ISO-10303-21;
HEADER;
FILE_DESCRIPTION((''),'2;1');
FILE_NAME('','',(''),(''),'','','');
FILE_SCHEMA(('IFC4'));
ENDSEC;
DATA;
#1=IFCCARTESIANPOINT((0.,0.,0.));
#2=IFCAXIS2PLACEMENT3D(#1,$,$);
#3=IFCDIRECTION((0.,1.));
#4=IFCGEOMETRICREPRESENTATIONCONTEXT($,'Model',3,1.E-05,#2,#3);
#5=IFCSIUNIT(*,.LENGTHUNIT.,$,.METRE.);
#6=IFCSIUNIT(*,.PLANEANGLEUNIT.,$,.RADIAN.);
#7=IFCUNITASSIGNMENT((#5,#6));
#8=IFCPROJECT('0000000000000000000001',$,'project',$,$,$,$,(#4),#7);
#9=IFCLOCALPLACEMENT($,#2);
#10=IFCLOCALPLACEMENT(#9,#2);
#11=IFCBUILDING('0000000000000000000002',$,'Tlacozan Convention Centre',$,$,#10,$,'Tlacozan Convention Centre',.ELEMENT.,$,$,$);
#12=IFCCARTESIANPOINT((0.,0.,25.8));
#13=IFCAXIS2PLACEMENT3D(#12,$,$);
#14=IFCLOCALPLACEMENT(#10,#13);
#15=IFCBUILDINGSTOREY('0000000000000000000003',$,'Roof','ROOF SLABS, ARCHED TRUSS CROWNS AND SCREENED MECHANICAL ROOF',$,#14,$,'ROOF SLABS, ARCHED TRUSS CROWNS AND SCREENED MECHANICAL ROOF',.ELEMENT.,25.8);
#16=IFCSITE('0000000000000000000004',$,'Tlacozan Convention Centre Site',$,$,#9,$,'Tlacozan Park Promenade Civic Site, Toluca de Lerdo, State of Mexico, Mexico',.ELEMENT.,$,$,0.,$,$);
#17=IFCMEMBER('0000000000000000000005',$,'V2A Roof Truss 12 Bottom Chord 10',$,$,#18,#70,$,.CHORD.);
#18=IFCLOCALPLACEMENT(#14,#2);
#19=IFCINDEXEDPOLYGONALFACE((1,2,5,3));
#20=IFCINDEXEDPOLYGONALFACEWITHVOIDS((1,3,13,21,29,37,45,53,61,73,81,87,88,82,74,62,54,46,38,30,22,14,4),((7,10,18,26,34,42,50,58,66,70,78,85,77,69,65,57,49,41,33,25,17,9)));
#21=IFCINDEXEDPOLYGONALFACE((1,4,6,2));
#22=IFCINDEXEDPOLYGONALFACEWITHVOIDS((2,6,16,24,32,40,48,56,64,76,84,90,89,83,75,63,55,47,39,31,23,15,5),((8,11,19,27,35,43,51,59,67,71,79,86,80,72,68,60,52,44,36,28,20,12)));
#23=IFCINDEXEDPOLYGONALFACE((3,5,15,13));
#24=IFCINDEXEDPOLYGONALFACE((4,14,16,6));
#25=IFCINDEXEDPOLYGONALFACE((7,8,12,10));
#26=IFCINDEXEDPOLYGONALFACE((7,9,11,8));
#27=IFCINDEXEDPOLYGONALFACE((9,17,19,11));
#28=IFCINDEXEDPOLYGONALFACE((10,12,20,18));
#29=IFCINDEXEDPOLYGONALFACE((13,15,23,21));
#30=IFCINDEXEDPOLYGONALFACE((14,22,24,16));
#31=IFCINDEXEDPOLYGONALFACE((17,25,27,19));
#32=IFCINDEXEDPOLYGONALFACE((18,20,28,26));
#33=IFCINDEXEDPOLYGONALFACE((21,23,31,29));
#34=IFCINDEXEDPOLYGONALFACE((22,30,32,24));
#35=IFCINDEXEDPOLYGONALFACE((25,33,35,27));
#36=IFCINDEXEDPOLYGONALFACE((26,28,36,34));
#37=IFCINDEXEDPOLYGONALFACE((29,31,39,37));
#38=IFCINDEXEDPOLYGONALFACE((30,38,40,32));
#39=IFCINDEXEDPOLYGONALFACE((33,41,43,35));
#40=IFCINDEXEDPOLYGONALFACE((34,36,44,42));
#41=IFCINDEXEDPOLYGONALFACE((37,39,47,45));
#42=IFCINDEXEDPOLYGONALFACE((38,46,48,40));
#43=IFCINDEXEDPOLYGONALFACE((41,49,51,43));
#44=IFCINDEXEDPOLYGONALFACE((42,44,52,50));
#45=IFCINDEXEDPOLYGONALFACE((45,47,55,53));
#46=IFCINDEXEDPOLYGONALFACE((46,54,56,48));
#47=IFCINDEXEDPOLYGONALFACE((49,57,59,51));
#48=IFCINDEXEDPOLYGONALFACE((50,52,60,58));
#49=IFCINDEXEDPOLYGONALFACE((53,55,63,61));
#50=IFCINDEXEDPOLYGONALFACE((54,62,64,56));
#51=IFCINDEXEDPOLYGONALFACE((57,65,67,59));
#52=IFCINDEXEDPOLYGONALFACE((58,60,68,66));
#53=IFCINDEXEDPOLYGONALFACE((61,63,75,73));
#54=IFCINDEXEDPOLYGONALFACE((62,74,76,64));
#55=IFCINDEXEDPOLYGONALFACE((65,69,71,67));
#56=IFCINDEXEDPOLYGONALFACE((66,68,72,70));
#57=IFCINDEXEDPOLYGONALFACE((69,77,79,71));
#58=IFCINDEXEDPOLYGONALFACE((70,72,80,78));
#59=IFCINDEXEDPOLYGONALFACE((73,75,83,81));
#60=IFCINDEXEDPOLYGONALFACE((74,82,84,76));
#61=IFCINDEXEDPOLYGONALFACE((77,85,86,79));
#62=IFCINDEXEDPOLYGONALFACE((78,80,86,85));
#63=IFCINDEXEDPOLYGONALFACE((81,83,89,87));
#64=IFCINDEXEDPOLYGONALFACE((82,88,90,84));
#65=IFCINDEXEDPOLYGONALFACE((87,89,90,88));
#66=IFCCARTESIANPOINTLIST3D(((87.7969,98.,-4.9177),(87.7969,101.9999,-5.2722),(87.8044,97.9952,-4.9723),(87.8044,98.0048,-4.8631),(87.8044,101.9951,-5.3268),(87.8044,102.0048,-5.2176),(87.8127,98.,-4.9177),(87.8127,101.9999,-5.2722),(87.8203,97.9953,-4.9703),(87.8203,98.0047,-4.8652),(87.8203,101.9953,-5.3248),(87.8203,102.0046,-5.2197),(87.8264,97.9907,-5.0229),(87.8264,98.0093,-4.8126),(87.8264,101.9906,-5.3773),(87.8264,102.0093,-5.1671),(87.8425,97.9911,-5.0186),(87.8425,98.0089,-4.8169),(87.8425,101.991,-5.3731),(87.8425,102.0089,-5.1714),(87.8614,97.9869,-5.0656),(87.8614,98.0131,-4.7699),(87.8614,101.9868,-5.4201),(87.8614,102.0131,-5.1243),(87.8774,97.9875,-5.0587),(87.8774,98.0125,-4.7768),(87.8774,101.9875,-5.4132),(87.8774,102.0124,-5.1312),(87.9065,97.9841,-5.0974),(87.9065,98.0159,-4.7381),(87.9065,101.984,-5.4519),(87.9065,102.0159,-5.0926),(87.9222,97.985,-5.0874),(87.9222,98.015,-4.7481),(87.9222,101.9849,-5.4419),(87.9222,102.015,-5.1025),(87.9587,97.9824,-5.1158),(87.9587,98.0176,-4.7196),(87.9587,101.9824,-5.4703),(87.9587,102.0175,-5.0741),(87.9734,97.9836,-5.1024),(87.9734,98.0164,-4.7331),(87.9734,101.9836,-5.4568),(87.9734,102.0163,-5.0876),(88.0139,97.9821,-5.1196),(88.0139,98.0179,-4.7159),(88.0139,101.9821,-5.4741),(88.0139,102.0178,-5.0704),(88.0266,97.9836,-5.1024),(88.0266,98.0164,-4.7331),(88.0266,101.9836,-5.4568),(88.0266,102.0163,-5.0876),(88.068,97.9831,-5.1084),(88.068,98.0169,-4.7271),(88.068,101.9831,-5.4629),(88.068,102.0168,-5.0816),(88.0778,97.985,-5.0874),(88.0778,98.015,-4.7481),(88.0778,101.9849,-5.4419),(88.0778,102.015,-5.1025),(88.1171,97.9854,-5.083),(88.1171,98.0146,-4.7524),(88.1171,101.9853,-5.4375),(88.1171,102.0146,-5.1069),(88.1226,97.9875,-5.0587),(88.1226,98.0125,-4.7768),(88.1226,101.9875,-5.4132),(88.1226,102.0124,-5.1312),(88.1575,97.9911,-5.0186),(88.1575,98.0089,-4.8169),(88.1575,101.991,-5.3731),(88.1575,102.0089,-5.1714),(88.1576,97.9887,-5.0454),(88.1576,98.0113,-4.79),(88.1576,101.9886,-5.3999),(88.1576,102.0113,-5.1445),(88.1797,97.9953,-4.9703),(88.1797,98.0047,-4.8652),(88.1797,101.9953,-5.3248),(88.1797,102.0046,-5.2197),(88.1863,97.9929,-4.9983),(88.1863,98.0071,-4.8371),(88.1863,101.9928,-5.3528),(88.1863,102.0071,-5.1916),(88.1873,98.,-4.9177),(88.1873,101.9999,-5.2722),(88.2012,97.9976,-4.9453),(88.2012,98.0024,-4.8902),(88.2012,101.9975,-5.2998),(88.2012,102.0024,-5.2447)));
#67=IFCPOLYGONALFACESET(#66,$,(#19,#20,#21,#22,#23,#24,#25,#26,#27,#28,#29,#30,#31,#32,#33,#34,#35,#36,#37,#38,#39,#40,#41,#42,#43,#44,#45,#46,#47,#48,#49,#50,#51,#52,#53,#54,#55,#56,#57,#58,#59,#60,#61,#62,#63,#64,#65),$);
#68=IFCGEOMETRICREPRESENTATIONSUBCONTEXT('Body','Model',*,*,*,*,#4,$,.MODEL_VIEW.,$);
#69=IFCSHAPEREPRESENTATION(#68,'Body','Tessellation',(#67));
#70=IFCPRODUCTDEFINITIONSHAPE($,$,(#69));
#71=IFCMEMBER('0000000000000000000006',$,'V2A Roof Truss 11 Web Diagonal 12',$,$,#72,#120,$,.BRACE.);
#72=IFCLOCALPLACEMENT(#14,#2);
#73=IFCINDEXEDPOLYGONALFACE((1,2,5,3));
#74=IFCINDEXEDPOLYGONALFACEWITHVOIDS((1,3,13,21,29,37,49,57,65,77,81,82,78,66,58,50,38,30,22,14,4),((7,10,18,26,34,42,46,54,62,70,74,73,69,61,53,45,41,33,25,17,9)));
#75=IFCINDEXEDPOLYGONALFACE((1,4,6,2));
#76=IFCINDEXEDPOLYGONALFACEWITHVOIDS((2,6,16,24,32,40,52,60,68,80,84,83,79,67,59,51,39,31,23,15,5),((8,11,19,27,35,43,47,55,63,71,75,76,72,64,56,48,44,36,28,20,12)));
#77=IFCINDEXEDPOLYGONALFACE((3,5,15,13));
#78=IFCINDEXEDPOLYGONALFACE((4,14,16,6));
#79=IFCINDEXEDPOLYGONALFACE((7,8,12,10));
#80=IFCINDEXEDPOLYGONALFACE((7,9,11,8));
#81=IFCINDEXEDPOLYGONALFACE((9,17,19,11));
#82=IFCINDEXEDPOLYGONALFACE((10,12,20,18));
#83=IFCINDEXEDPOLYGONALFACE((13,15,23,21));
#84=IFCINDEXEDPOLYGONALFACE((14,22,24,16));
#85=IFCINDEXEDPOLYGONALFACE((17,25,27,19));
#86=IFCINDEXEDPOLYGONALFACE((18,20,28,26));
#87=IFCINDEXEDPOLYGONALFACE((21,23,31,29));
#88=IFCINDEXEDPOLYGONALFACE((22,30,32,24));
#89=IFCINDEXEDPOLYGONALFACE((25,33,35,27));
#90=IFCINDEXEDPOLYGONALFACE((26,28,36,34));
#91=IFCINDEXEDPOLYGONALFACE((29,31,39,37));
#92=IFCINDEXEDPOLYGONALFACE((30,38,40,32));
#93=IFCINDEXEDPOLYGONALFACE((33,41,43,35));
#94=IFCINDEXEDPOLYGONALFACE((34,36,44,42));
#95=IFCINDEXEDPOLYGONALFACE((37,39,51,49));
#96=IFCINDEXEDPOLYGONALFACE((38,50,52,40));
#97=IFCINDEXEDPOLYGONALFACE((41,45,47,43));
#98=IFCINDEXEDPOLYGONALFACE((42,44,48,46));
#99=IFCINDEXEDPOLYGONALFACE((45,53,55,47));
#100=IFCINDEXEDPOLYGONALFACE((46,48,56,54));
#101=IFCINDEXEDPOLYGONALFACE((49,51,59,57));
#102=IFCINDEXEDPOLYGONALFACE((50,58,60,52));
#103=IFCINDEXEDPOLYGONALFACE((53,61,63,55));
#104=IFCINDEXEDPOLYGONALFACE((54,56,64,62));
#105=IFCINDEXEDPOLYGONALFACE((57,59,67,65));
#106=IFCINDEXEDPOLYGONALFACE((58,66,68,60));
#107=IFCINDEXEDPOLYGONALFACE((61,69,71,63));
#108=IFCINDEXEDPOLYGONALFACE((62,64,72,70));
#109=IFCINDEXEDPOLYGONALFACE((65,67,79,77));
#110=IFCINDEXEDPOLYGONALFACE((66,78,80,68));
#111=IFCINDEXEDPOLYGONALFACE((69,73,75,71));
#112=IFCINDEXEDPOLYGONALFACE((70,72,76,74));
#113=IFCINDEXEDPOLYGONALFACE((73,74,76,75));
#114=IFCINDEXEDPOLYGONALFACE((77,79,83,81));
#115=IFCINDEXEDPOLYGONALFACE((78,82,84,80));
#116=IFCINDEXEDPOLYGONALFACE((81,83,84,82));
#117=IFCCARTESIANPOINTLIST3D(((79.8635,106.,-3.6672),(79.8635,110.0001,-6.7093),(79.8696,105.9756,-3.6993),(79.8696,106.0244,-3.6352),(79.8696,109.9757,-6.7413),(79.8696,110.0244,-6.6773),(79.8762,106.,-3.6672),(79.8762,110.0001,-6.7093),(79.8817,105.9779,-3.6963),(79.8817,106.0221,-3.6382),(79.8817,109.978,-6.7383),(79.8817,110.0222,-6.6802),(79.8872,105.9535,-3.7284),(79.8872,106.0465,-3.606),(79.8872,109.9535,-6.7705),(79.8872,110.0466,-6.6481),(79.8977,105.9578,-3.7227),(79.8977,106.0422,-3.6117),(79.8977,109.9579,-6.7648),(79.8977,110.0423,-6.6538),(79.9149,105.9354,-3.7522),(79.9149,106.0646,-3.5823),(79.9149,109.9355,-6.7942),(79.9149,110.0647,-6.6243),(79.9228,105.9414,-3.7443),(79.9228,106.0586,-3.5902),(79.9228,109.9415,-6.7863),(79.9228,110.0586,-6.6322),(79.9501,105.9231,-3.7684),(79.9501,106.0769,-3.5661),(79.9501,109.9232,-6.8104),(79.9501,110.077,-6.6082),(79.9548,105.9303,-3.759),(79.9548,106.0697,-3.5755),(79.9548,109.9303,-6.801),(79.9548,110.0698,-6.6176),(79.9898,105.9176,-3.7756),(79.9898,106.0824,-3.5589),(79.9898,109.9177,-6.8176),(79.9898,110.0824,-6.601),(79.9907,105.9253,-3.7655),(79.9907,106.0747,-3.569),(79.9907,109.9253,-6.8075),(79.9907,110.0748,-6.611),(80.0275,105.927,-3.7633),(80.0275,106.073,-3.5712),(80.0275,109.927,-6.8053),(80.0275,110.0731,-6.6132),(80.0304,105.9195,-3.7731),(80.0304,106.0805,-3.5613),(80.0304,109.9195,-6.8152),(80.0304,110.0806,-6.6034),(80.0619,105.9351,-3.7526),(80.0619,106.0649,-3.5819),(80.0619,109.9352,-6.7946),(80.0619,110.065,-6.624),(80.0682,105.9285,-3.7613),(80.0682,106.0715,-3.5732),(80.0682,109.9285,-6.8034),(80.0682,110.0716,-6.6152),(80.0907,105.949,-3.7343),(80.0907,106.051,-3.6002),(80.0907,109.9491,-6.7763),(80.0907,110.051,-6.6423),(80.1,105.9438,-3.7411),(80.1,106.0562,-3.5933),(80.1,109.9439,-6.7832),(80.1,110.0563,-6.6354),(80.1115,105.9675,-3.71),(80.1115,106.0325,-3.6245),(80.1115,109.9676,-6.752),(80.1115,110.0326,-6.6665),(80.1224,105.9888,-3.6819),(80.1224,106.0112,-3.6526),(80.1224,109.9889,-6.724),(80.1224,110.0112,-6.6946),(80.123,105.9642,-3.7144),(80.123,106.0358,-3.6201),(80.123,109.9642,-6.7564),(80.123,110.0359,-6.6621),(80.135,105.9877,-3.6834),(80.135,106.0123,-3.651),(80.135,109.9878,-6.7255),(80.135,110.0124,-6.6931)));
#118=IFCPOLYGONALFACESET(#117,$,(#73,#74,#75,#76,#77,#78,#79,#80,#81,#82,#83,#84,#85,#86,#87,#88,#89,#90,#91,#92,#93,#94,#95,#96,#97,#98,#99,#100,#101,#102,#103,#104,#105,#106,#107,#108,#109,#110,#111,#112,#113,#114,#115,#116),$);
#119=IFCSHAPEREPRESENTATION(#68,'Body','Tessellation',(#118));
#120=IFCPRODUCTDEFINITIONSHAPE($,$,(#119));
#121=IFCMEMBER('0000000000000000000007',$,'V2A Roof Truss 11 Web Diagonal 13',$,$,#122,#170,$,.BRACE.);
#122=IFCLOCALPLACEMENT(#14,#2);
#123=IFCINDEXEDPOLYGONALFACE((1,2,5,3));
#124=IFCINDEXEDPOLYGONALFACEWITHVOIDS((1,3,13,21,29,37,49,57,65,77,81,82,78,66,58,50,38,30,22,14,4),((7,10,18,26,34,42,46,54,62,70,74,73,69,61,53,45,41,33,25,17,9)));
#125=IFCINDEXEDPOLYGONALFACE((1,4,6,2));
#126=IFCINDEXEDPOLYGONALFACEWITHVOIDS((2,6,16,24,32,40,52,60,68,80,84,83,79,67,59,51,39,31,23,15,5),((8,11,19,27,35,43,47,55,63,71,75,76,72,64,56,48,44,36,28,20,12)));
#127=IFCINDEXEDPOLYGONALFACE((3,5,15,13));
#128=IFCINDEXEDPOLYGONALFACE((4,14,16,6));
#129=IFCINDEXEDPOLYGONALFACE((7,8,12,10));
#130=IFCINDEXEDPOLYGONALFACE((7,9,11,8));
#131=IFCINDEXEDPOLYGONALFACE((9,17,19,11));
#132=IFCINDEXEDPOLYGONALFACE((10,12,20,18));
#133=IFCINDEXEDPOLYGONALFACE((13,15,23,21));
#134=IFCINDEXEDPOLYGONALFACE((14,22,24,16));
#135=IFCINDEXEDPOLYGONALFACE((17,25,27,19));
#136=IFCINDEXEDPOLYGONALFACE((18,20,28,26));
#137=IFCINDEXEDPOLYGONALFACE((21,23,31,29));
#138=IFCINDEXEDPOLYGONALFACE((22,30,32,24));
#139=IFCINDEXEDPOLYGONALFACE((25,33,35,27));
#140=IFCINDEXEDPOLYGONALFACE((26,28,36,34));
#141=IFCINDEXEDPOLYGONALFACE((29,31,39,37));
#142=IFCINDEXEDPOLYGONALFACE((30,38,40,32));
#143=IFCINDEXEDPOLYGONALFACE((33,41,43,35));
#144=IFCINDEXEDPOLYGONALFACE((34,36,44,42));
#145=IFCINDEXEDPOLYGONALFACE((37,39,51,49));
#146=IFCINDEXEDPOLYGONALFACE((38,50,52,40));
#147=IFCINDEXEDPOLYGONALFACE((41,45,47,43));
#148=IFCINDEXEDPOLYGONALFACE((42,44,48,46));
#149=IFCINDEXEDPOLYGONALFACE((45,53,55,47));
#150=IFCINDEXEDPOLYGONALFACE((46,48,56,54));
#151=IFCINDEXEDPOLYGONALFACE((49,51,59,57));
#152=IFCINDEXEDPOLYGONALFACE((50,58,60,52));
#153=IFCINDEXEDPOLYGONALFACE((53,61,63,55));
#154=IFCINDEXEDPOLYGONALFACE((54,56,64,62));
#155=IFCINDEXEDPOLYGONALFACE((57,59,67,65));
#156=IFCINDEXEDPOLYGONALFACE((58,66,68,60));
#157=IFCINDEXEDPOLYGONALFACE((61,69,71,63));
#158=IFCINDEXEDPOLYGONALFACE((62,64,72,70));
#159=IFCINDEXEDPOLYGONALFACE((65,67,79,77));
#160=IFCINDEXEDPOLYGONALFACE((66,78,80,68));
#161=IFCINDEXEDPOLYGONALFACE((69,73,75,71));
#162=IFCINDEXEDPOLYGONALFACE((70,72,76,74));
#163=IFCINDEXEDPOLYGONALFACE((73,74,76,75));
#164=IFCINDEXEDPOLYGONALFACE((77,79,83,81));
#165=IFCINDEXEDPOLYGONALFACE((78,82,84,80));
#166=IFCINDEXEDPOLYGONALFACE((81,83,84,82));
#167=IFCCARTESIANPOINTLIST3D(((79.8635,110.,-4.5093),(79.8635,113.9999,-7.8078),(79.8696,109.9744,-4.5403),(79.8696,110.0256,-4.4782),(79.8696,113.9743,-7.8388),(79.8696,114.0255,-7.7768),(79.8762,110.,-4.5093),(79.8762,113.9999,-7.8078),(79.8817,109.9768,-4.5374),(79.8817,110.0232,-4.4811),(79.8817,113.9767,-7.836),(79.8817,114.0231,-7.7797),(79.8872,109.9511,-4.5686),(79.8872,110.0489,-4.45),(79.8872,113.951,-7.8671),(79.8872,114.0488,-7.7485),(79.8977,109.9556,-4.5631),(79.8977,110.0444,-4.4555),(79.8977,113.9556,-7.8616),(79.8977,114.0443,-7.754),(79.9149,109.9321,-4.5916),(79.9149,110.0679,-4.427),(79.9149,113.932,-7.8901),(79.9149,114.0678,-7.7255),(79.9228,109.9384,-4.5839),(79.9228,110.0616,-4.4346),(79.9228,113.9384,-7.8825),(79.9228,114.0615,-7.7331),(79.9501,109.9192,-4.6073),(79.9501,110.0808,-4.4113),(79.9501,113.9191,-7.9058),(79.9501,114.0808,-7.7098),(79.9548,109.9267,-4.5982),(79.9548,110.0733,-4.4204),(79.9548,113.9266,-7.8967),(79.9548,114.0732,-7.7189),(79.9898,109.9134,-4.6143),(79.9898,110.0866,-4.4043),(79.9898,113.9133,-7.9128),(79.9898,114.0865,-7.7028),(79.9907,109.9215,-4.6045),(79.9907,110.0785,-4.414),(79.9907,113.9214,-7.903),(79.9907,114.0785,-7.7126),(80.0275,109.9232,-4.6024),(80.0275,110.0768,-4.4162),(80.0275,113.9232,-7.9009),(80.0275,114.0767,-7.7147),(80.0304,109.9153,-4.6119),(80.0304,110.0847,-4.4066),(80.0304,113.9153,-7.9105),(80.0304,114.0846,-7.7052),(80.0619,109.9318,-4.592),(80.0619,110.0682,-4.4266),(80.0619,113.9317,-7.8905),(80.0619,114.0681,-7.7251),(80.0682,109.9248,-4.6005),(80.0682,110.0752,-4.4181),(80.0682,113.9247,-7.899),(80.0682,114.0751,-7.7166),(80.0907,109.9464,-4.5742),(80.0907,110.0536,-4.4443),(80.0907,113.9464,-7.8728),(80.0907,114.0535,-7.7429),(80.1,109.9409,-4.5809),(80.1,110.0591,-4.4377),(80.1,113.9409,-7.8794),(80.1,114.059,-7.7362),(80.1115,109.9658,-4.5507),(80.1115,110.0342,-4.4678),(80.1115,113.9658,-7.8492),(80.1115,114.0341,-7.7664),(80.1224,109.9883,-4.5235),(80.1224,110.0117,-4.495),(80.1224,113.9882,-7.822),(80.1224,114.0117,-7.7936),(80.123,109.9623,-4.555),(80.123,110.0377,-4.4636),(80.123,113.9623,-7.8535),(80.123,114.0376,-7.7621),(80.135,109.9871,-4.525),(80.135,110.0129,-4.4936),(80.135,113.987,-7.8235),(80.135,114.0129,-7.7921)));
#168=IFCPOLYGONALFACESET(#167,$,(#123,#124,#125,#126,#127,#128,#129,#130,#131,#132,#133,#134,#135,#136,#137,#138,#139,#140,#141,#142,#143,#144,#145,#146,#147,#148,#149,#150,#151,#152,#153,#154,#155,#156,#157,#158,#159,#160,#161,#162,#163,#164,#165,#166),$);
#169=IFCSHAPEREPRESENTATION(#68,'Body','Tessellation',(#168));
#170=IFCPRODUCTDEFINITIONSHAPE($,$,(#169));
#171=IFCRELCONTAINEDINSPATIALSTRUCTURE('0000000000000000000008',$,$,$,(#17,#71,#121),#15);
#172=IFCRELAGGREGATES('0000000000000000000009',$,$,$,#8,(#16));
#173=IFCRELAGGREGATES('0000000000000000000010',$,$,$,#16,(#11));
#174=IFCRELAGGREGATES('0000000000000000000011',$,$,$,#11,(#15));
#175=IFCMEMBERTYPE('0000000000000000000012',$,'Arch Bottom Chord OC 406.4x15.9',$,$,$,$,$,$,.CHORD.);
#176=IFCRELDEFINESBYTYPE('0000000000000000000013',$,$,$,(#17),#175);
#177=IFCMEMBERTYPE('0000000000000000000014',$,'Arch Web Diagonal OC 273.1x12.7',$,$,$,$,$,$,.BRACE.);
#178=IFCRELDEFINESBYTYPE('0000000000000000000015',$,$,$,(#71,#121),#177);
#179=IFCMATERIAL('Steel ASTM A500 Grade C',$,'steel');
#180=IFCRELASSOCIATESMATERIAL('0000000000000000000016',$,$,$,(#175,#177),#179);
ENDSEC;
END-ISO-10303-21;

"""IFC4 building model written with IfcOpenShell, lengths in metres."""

from ifc_helpers import new_model, si_unit, direction, frame, origin, origin_2d, place, context, subcontext, project, spatial, hollow_circle, extrude, material, material_profile, profile_set, type_object, element, save


model = new_model("IFC4")

# Units and contexts
model_context = context("Model", 3, precision=1e-05, world=origin(), true_north=direction((0.0, 1.0)))
body_context = subcontext(model_context, "Body", "Model", "MODEL_VIEW")
ifc_project = project(units=[si_unit("LENGTHUNIT", "METRE"), si_unit("PLANEANGLEUNIT", "RADIAN")], contexts=[model_context])

# Site, building, storey
site_placement = place(None, origin())
site = spatial("IfcSite", under=ifc_project, at=site_placement, Name="Tlacozan Convention Centre Site", LongName="Tlacozan Park Promenade Civic Site, Toluca de Lerdo, State of Mexico, Mexico", CompositionType="ELEMENT", RefElevation=0.0)
building_placement = place(site_placement, origin())
building = spatial("IfcBuilding", under=site, at=building_placement, Name="Tlacozan Convention Centre", LongName="Tlacozan Convention Centre", CompositionType="ELEMENT")
storey_placement = place(building_placement, frame((0.0, 0.0, 25.8)))
storey = spatial("IfcBuildingStorey", under=building, at=storey_placement, Name="Roof", Description="ROOF SLABS, ARCHED TRUSS CROWNS AND SCREENED MECHANICAL ROOF", LongName="ROOF SLABS, ARCHED TRUSS CROWNS AND SCREENED MECHANICAL ROOF", CompositionType="ELEMENT", Elevation=25.8)

# Members
ifc_material_1 = material(Name="Steel ASTM A500 Grade C", Category="steel")
ifc_material_profile_1 = material_profile(ifc_material_1, hollow_circle(Radius=0.2031, WallThickness=0.0159, at=origin_2d()), Name="OC 406.4x15.9")
ifc_profile_set_1 = profile_set([ifc_material_profile_1], Name="Steel ASTM A500 Grade C")
member_type_1 = type_object("IfcMemberType", Name="Arch Bottom Chord OC 406.4x15.9", PredefinedType="CHORD", material=ifc_profile_set_1)
member_1_placement = place(storey_placement, frame((88.0, 98.0, -4.9177), z_axis=(0.0, 0.996096, -0.088277), x_axis=(-1.0, 0.0, 0.0)))
element("IfcMember", 1, at=member_1_placement, inside=storey, type_object=member_type_1, Name="V2A Roof Truss 12 Bottom Chord 10", PredefinedType="CHORD", context=body_context, shape_type="SweptSolid", body=[
    extrude(hollow_circle(Radius=0.2031, WallThickness=0.0159, at=origin_2d()), origin(), (0.0, 0.0, 1.0), 4.0156),
])
ifc_material_profile_2 = material_profile(ifc_material_1, hollow_circle(Radius=0.1365, WallThickness=0.0127, at=origin_2d()), Name="OC 273.1x12.7")
ifc_profile_set_2 = profile_set([ifc_material_profile_2], Name="Steel ASTM A500 Grade C")
member_type_2 = type_object("IfcMemberType", Name="Arch Web Diagonal OC 273.1x12.7", PredefinedType="BRACE", material=ifc_profile_set_2)
member_2_placement = place(storey_placement, frame((80.0, 106.0, -3.6672), z_axis=(0.0, 0.795971, -0.605335), x_axis=(-1.0, 0.0, 0.0)))
element("IfcMember", 2, at=member_2_placement, inside=storey, type_object=member_type_2, Name="V2A Roof Truss 11 Web Diagonal 12", PredefinedType="BRACE", context=body_context, shape_type="SweptSolid", body=[
    extrude(hollow_circle(Radius=0.1365, WallThickness=0.0127, at=origin_2d()), origin(), (0.0, 0.0, 1.0), 5.0254),
])
member_3_placement = place(storey_placement, frame((80.0, 110.0, -4.5093), z_axis=(0.0, 0.771507, -0.63622), x_axis=(-1.0, 0.0, 0.0)))
element("IfcMember", 3, at=member_3_placement, inside=storey, type_object=member_type_2, Name="V2A Roof Truss 11 Web Diagonal 13", PredefinedType="BRACE", context=body_context, shape_type="SweptSolid", body=[
    extrude(hollow_circle(Radius=0.1365, WallThickness=0.0127, at=origin_2d()), origin(), (0.0, 0.0, 1.0), 5.1846),
])

save(model, "model.ifc")
